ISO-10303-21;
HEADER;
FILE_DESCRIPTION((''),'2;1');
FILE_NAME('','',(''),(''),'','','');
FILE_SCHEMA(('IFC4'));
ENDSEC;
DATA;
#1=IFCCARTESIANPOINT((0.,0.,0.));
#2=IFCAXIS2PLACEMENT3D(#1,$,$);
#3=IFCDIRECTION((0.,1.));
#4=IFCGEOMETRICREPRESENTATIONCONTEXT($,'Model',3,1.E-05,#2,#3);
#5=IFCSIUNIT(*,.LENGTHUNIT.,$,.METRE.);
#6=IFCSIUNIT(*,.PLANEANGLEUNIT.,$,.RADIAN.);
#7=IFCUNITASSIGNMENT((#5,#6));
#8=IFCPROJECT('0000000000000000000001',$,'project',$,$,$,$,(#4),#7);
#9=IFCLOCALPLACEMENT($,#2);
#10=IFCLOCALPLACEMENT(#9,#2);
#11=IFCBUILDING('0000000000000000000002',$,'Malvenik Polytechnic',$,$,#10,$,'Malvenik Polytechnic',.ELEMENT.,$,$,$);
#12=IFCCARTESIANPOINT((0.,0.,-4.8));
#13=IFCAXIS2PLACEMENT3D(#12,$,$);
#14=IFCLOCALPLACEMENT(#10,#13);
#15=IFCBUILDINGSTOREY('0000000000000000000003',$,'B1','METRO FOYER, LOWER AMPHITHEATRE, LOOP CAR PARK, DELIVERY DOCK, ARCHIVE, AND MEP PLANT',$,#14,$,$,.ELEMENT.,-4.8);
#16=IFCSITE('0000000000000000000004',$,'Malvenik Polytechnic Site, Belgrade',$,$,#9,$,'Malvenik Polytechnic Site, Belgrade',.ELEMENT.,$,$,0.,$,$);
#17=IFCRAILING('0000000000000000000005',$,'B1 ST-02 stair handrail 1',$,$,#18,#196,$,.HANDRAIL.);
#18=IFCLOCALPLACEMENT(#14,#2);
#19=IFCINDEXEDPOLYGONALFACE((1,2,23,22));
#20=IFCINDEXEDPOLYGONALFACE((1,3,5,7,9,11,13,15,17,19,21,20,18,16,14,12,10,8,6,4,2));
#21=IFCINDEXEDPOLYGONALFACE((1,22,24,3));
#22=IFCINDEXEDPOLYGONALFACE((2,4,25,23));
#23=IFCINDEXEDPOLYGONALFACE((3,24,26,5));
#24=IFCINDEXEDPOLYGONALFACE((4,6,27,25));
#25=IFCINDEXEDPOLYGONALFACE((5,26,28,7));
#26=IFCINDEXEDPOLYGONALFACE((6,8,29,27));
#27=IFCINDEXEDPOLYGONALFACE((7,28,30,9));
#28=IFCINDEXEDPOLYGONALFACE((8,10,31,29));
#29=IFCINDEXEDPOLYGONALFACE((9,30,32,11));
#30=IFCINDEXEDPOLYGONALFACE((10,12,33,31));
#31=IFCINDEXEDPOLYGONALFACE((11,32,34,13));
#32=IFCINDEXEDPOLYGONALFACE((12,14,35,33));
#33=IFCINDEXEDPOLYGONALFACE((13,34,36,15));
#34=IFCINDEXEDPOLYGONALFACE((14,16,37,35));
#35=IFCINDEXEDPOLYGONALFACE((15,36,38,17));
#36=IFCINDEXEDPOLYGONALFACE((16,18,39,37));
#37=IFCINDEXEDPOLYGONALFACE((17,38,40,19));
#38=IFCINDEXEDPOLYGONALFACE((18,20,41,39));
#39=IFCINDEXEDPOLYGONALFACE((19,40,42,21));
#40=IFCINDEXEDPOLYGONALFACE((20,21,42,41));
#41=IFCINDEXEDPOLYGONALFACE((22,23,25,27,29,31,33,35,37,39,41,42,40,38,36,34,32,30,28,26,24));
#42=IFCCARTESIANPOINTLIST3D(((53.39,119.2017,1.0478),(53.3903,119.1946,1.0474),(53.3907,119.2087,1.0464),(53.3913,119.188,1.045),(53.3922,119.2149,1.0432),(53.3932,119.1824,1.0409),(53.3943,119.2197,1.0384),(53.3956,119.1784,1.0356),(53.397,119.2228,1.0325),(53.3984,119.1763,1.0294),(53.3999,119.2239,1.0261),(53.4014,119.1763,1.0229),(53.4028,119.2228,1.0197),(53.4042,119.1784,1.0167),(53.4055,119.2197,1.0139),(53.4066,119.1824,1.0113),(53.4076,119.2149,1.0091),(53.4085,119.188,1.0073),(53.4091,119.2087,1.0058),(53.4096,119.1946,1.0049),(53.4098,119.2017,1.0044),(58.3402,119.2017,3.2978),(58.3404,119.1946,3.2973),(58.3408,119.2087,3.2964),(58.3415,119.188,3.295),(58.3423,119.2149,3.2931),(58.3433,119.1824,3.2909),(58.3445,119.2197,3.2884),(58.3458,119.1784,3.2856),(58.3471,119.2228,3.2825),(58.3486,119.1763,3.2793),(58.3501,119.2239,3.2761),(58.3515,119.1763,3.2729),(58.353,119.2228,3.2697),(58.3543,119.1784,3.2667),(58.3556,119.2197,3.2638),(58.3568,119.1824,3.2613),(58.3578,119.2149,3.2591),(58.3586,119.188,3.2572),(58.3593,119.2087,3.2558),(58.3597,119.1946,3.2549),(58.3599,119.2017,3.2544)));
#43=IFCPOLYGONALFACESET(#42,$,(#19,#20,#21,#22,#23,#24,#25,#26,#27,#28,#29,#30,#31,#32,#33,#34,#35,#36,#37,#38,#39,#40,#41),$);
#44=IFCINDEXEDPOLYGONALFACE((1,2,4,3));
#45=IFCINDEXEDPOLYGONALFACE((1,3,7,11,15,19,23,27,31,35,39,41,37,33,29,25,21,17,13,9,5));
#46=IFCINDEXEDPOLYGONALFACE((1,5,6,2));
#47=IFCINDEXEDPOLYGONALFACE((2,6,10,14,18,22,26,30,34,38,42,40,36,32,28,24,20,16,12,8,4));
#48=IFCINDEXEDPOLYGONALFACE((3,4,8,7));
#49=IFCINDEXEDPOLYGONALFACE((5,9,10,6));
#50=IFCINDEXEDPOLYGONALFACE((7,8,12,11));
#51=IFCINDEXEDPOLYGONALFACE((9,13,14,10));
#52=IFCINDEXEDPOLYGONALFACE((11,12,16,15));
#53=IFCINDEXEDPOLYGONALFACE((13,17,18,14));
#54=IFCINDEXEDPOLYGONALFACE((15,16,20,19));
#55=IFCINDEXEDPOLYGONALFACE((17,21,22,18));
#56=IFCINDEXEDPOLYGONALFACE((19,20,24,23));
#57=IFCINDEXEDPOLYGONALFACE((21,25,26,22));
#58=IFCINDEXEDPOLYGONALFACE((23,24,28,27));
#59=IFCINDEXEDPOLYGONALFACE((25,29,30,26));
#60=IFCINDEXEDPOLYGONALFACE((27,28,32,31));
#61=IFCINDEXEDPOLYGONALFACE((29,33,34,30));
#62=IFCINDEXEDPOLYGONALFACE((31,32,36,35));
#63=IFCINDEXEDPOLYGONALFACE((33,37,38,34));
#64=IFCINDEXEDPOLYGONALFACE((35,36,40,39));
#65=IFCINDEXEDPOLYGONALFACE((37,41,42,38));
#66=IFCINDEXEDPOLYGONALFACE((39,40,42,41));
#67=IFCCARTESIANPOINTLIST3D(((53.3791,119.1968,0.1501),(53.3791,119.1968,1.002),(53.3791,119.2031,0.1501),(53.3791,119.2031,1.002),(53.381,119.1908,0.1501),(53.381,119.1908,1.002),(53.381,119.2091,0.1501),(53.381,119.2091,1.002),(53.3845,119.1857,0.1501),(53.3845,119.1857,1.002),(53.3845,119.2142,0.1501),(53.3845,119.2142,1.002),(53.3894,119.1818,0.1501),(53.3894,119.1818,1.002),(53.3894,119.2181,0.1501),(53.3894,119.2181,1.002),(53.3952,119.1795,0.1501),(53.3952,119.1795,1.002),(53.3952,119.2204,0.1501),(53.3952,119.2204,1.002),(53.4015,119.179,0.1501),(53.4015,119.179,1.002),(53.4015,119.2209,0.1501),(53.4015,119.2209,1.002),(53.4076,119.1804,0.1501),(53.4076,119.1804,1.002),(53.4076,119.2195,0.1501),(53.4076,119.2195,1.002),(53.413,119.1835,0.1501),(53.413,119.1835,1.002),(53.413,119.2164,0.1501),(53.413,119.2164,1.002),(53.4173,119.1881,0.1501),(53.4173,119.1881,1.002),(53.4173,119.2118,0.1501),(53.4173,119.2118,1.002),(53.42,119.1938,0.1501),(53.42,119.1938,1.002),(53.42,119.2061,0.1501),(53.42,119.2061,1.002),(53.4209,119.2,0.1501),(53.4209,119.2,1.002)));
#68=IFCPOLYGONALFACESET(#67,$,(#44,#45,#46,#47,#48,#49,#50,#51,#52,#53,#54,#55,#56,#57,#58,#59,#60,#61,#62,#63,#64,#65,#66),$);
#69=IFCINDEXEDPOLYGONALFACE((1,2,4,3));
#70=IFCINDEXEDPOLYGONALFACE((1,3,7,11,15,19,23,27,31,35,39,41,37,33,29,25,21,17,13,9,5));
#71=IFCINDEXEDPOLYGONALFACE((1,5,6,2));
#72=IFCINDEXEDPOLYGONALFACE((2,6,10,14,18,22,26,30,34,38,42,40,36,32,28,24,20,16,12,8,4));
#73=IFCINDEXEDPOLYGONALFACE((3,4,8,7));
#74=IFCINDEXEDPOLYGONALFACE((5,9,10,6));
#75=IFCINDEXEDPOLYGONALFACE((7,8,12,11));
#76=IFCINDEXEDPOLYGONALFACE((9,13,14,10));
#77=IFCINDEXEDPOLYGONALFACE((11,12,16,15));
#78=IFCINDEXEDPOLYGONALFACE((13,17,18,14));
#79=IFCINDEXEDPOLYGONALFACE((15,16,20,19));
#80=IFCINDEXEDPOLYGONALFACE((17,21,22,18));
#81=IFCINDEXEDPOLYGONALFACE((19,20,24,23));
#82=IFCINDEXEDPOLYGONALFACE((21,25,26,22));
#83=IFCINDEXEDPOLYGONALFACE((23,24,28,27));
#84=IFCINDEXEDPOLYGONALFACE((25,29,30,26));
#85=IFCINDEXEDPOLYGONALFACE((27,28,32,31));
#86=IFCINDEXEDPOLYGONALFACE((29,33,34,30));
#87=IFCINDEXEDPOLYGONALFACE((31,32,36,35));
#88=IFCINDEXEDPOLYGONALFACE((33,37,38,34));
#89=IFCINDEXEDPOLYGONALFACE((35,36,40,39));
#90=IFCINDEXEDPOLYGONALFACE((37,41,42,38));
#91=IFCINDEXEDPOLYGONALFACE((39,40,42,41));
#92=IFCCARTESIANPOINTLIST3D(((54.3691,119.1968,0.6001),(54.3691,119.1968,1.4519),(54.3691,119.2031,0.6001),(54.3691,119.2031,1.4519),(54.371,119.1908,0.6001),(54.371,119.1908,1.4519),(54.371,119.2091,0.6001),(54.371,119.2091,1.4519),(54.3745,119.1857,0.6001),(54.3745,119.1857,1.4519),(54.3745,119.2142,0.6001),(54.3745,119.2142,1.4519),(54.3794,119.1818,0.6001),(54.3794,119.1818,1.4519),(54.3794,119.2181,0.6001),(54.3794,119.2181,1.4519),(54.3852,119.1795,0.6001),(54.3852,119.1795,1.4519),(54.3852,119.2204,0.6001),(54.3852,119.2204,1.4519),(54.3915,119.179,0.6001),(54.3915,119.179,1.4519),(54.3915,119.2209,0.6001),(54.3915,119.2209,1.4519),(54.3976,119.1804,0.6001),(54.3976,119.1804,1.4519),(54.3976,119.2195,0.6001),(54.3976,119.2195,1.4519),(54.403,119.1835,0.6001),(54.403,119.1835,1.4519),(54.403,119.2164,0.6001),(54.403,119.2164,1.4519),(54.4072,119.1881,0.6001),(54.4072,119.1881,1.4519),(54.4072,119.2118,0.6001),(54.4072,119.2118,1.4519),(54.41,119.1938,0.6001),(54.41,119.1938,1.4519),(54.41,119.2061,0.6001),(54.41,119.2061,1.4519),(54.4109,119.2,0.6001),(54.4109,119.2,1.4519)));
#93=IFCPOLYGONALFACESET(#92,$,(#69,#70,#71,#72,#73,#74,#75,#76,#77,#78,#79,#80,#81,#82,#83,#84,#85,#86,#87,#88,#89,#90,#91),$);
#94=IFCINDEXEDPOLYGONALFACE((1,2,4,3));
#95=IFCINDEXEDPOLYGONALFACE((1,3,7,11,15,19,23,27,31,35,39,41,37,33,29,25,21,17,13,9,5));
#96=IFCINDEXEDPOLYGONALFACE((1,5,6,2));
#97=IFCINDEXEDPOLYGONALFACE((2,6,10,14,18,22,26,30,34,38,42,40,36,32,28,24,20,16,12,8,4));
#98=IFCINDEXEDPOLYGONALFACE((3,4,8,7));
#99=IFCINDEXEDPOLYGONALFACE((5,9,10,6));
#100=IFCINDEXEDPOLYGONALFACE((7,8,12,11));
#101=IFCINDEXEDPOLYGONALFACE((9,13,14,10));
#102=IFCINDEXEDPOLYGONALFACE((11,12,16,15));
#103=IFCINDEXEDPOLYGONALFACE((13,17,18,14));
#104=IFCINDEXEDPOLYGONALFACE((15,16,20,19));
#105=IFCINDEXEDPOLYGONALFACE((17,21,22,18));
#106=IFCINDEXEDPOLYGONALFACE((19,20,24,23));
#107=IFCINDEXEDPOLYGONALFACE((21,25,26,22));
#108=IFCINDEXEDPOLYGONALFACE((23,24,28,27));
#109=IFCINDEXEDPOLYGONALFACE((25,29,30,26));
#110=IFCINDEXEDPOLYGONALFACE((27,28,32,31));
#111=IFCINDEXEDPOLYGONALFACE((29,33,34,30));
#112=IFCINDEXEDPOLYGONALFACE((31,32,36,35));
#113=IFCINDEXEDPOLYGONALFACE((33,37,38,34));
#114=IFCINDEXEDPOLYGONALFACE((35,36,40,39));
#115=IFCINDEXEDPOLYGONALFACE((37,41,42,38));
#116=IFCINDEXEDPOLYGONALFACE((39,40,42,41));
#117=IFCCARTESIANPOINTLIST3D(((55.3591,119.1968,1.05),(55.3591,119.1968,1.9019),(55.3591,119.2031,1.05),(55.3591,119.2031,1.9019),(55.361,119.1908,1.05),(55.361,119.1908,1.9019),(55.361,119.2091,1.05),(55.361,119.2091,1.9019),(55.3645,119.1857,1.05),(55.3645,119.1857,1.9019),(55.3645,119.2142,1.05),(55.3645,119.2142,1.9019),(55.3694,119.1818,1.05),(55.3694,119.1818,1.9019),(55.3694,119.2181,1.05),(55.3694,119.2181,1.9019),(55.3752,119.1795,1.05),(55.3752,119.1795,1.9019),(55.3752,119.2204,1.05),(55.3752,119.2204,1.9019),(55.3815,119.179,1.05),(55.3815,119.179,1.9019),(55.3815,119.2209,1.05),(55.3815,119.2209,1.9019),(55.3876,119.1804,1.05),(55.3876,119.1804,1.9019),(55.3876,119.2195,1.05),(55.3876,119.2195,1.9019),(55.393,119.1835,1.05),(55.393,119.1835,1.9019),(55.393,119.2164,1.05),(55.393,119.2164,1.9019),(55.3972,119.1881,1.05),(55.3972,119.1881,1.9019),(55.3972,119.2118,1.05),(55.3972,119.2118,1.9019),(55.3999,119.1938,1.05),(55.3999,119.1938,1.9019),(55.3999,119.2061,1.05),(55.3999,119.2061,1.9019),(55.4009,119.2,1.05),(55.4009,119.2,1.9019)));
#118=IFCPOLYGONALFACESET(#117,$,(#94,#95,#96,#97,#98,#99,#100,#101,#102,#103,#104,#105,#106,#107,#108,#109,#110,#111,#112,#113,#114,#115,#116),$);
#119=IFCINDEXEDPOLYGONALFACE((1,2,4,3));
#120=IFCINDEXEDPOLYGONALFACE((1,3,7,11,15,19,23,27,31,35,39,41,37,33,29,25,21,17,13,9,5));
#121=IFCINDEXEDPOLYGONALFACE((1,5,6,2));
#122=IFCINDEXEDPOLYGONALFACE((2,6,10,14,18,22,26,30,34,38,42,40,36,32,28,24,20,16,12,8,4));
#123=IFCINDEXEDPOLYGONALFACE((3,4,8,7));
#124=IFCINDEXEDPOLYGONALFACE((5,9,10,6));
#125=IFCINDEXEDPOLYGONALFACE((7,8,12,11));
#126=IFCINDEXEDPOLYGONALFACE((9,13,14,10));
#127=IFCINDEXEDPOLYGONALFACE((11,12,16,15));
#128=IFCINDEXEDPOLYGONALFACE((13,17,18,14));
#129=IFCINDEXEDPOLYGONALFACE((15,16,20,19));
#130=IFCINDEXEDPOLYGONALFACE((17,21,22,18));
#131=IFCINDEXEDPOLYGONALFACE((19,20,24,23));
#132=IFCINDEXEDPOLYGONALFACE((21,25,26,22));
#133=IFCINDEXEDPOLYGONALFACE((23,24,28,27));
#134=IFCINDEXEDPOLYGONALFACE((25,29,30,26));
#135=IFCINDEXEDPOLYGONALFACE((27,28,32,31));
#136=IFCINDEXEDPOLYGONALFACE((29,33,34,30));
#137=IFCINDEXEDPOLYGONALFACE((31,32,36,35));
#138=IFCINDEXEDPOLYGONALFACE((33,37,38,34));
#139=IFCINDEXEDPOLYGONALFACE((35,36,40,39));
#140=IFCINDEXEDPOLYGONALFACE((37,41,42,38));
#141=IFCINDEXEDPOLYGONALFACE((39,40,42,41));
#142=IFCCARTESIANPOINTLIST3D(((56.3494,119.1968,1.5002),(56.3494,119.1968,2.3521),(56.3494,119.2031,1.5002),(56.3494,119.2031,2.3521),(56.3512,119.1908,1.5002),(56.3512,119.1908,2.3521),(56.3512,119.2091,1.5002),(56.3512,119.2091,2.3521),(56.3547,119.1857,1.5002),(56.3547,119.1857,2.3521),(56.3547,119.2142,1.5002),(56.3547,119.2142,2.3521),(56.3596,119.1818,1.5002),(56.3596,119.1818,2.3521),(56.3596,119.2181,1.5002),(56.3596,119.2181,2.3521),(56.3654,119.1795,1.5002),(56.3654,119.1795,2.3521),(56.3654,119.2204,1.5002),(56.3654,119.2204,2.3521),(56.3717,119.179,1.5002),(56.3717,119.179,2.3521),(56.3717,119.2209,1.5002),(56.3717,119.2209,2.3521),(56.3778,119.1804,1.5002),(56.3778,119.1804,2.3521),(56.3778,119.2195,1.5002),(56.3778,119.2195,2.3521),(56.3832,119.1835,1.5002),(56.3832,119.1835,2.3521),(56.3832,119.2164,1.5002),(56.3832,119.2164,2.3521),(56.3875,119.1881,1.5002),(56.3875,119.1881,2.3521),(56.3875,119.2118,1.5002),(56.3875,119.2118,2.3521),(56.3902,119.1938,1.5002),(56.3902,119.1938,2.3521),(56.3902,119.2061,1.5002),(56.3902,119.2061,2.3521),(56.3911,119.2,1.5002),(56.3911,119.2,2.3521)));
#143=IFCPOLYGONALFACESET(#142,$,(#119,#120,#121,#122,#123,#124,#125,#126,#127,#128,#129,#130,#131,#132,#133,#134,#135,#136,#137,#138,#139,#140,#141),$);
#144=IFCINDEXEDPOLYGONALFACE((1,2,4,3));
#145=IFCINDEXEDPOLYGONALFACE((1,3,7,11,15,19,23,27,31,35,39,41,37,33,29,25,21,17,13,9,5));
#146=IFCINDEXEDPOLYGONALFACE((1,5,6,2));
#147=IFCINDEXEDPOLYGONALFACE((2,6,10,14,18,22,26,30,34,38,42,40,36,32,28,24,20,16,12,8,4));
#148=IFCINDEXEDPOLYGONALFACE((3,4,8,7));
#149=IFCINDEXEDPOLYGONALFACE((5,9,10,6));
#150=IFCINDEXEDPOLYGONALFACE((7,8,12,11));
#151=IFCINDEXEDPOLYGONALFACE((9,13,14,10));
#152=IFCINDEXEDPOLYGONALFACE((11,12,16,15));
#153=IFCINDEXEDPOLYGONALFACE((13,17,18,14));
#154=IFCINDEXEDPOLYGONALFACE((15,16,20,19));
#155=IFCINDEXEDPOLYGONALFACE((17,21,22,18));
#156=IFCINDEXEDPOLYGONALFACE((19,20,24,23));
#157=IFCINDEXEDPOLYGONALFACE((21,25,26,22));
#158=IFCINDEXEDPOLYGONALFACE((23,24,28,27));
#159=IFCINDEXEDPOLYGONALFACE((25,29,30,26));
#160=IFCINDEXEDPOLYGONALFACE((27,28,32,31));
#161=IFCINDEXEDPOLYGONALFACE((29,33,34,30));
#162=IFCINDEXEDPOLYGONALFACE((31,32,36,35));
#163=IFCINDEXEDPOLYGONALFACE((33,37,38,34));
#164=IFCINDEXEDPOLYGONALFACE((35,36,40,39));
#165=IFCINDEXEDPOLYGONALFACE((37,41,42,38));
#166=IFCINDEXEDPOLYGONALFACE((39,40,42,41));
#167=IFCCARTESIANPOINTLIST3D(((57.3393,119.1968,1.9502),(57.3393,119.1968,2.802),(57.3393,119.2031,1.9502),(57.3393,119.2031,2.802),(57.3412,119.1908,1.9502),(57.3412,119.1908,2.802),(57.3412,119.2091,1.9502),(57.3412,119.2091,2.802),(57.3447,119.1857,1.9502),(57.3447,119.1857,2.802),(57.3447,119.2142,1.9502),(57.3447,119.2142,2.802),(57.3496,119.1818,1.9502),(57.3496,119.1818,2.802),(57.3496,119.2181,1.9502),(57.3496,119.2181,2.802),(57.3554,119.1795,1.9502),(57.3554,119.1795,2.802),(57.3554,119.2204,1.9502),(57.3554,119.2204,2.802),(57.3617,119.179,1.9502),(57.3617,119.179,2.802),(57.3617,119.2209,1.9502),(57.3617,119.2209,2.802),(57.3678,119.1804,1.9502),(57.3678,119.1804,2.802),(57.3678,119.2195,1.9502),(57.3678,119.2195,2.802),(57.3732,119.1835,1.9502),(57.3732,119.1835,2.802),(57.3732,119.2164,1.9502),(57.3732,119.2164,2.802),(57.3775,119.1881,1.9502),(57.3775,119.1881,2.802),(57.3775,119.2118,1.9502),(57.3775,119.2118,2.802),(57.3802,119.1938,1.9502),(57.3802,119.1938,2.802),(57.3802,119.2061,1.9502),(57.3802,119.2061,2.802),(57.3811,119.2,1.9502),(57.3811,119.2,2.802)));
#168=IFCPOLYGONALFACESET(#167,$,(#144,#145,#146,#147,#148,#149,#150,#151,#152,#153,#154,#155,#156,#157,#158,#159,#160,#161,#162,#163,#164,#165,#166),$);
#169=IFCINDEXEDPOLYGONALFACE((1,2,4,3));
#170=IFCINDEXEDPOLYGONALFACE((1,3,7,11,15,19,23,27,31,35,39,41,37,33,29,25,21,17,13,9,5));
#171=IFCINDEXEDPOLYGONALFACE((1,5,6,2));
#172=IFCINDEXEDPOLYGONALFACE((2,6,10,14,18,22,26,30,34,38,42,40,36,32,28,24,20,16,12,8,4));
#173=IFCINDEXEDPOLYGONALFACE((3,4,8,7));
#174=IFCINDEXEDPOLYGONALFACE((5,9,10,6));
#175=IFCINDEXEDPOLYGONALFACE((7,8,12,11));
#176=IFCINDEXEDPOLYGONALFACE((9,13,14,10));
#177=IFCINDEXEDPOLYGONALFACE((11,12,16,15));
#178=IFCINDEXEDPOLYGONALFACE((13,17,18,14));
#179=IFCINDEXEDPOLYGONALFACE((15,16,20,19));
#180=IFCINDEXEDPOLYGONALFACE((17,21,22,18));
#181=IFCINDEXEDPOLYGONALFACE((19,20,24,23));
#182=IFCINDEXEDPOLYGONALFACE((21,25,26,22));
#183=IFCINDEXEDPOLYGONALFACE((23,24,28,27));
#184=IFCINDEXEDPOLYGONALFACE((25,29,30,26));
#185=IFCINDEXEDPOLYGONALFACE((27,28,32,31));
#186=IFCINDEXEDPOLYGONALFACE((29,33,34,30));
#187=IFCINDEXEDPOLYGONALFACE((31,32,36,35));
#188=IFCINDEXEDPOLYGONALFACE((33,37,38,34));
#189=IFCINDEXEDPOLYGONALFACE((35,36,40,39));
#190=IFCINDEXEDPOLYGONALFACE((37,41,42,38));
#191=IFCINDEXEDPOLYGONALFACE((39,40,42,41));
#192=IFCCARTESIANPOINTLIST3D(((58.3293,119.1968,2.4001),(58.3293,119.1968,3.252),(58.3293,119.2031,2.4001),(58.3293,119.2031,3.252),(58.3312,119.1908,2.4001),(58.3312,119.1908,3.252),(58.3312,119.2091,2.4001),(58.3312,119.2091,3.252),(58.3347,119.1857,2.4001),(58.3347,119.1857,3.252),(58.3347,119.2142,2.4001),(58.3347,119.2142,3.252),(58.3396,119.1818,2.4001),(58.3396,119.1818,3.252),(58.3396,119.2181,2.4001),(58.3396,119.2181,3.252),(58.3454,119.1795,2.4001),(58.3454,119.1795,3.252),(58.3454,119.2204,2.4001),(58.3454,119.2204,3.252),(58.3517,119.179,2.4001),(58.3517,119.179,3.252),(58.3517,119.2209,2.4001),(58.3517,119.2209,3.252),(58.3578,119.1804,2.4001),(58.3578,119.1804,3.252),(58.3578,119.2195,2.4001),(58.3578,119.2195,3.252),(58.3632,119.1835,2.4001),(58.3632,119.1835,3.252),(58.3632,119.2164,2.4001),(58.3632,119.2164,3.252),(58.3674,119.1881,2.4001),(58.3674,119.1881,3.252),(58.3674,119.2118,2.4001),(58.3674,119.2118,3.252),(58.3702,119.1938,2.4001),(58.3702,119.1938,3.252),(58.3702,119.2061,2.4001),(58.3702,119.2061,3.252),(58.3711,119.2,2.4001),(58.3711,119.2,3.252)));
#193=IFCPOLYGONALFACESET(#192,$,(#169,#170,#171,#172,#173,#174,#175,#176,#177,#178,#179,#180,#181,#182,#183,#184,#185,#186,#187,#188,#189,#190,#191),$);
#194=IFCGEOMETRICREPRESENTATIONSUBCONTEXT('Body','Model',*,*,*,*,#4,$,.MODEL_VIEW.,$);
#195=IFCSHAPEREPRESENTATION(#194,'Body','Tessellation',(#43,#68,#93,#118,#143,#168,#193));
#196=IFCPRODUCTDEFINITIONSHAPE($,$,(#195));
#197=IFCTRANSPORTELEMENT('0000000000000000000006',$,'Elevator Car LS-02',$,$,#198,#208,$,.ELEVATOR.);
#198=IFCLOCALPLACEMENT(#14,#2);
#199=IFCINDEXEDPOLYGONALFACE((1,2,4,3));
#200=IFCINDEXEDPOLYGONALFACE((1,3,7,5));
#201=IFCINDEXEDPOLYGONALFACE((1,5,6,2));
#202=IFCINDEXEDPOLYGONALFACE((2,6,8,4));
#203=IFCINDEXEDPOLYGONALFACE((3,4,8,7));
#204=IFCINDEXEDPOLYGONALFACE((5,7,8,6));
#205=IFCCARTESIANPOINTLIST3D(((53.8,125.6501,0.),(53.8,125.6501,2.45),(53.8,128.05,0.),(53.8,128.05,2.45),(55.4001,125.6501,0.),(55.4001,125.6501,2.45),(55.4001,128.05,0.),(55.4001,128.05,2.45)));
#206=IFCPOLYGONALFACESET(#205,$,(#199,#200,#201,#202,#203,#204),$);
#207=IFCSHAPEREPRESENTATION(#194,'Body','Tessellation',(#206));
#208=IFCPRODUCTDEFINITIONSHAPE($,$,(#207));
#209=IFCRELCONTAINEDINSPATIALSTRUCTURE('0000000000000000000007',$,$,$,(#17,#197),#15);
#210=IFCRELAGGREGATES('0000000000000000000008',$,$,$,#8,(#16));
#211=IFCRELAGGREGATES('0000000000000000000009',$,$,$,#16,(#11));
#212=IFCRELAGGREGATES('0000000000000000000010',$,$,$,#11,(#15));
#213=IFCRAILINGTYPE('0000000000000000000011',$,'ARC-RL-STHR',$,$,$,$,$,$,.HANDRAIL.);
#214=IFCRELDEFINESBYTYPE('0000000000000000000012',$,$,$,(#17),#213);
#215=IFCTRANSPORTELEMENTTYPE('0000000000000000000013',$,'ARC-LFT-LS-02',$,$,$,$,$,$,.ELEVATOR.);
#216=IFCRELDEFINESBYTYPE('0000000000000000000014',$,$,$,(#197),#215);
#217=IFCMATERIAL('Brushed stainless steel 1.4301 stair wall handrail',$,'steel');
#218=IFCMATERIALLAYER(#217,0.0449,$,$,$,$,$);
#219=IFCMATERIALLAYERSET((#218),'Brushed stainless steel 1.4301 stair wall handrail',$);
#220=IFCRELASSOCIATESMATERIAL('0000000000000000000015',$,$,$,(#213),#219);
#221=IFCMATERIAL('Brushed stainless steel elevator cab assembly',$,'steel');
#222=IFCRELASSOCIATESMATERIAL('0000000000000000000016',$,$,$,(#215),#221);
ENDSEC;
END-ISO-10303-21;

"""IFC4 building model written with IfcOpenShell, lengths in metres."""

from ifc_helpers import new_model, si_unit, direction, frame, origin, origin_2d, place, context, subcontext, project, spatial, rectangle, circle, extrude, material, layer, layer_set, type_object, element, save


model = new_model("IFC4")

# Units and contexts
model_context = context("Model", 3, precision=1e-05, world=origin(), true_north=direction((0.0, 1.0)))
body_context = subcontext(model_context, "Body", "Model", "MODEL_VIEW")
ifc_project = project(units=[si_unit("LENGTHUNIT", "METRE"), si_unit("PLANEANGLEUNIT", "RADIAN")], contexts=[model_context])

# Site, building, storey
site_placement = place(None, origin())
site = spatial("IfcSite", under=ifc_project, at=site_placement, Name="Malvenik Polytechnic Site, Belgrade", LongName="Malvenik Polytechnic Site, Belgrade", CompositionType="ELEMENT", RefElevation=0.0)
building_placement = place(site_placement, origin())
building = spatial("IfcBuilding", under=site, at=building_placement, Name="Malvenik Polytechnic", LongName="Malvenik Polytechnic", CompositionType="ELEMENT")
storey_placement = place(building_placement, frame((0.0, 0.0, -4.8)))
storey = spatial("IfcBuildingStorey", under=building, at=storey_placement, Name="B1", Description="METRO FOYER, LOWER AMPHITHEATRE, LOOP CAR PARK, DELIVERY DOCK, ARCHIVE, AND MEP PLANT", CompositionType="ELEMENT", Elevation=-4.8)

# Railing
ifc_material_1 = material(Name="Brushed stainless steel 1.4301 stair wall handrail", Category="steel")
ifc_layer_1 = layer(ifc_material_1, 0.0449)
ifc_layer_set_1 = layer_set([ifc_layer_1], Name="Brushed stainless steel 1.4301 stair wall handrail")
railing_type_1 = type_object("IfcRailingType", Name="ARC-RL-STHR", PredefinedType="HANDRAIL", material=ifc_layer_set_1)
railing_1_placement = place(storey_placement, frame((53.3999, 119.2, 0.1501)))
element("IfcRailing", 1, at=railing_1_placement, inside=storey, type_object=railing_type_1, Name="B1 ST-02 stair handrail 1", PredefinedType="HANDRAIL", context=body_context, shape_type="SweptSolid", body=[
    extrude(circle(Radius=0.0239, at=origin_2d()), frame((0.0, 0.0, 0.876), z_axis=(0.910373, 0.0, 0.413789), x_axis=(0.0, 1.0, 0.0)), (0.0, 0.0, 1.0), 5.4375),
    extrude(circle(Radius=0.021, at=origin_2d()), origin(), (0.0, 0.0, 1.0), 0.8518),
    extrude(circle(Radius=0.021, at=origin_2d()), frame((0.99, 0.0, 0.45)), (0.0, 0.0, 1.0), 0.8518),
    extrude(circle(Radius=0.021, at=origin_2d()), frame((1.98, 0.0, 0.8999)), (0.0, 0.0, 1.0), 0.8518),
    extrude(circle(Radius=0.021, at=origin_2d()), frame((2.9702, 0.0, 1.3501)), (0.0, 0.0, 1.0), 0.8518),
    extrude(circle(Radius=0.021, at=origin_2d()), frame((3.9602, 0.0, 1.8)), (0.0, 0.0, 1.0), 0.8518),
    extrude(circle(Radius=0.021, at=origin_2d()), frame((4.9502, 0.0, 2.25)), (0.0, 0.0, 1.0), 0.8518),
])

# Transport element
ifc_material_2 = material(Name="Brushed stainless steel elevator cab assembly", Category="steel")
transport_element_type = type_object("IfcTransportElementType", Name="ARC-LFT-LS-02", PredefinedType="ELEVATOR", material=ifc_material_2)
transport_element_placement = place(storey_placement, frame((54.6001, 126.8501, 0.0), z_axis=(0.0, 0.0, 1.0), x_axis=(1.0, 0.0, 0.0)))
element("IfcTransportElement", 2, at=transport_element_placement, inside=storey, type_object=transport_element_type, Name="Elevator Car LS-02", PredefinedType="ELEVATOR", context=body_context, shape_type="SweptSolid", body=[
    extrude(rectangle(XDim=1.6001, YDim=2.3999, at=origin_2d()), origin(), (0.0, 0.0, 1.0), 2.45),
])

save(model, "model.ifc")
